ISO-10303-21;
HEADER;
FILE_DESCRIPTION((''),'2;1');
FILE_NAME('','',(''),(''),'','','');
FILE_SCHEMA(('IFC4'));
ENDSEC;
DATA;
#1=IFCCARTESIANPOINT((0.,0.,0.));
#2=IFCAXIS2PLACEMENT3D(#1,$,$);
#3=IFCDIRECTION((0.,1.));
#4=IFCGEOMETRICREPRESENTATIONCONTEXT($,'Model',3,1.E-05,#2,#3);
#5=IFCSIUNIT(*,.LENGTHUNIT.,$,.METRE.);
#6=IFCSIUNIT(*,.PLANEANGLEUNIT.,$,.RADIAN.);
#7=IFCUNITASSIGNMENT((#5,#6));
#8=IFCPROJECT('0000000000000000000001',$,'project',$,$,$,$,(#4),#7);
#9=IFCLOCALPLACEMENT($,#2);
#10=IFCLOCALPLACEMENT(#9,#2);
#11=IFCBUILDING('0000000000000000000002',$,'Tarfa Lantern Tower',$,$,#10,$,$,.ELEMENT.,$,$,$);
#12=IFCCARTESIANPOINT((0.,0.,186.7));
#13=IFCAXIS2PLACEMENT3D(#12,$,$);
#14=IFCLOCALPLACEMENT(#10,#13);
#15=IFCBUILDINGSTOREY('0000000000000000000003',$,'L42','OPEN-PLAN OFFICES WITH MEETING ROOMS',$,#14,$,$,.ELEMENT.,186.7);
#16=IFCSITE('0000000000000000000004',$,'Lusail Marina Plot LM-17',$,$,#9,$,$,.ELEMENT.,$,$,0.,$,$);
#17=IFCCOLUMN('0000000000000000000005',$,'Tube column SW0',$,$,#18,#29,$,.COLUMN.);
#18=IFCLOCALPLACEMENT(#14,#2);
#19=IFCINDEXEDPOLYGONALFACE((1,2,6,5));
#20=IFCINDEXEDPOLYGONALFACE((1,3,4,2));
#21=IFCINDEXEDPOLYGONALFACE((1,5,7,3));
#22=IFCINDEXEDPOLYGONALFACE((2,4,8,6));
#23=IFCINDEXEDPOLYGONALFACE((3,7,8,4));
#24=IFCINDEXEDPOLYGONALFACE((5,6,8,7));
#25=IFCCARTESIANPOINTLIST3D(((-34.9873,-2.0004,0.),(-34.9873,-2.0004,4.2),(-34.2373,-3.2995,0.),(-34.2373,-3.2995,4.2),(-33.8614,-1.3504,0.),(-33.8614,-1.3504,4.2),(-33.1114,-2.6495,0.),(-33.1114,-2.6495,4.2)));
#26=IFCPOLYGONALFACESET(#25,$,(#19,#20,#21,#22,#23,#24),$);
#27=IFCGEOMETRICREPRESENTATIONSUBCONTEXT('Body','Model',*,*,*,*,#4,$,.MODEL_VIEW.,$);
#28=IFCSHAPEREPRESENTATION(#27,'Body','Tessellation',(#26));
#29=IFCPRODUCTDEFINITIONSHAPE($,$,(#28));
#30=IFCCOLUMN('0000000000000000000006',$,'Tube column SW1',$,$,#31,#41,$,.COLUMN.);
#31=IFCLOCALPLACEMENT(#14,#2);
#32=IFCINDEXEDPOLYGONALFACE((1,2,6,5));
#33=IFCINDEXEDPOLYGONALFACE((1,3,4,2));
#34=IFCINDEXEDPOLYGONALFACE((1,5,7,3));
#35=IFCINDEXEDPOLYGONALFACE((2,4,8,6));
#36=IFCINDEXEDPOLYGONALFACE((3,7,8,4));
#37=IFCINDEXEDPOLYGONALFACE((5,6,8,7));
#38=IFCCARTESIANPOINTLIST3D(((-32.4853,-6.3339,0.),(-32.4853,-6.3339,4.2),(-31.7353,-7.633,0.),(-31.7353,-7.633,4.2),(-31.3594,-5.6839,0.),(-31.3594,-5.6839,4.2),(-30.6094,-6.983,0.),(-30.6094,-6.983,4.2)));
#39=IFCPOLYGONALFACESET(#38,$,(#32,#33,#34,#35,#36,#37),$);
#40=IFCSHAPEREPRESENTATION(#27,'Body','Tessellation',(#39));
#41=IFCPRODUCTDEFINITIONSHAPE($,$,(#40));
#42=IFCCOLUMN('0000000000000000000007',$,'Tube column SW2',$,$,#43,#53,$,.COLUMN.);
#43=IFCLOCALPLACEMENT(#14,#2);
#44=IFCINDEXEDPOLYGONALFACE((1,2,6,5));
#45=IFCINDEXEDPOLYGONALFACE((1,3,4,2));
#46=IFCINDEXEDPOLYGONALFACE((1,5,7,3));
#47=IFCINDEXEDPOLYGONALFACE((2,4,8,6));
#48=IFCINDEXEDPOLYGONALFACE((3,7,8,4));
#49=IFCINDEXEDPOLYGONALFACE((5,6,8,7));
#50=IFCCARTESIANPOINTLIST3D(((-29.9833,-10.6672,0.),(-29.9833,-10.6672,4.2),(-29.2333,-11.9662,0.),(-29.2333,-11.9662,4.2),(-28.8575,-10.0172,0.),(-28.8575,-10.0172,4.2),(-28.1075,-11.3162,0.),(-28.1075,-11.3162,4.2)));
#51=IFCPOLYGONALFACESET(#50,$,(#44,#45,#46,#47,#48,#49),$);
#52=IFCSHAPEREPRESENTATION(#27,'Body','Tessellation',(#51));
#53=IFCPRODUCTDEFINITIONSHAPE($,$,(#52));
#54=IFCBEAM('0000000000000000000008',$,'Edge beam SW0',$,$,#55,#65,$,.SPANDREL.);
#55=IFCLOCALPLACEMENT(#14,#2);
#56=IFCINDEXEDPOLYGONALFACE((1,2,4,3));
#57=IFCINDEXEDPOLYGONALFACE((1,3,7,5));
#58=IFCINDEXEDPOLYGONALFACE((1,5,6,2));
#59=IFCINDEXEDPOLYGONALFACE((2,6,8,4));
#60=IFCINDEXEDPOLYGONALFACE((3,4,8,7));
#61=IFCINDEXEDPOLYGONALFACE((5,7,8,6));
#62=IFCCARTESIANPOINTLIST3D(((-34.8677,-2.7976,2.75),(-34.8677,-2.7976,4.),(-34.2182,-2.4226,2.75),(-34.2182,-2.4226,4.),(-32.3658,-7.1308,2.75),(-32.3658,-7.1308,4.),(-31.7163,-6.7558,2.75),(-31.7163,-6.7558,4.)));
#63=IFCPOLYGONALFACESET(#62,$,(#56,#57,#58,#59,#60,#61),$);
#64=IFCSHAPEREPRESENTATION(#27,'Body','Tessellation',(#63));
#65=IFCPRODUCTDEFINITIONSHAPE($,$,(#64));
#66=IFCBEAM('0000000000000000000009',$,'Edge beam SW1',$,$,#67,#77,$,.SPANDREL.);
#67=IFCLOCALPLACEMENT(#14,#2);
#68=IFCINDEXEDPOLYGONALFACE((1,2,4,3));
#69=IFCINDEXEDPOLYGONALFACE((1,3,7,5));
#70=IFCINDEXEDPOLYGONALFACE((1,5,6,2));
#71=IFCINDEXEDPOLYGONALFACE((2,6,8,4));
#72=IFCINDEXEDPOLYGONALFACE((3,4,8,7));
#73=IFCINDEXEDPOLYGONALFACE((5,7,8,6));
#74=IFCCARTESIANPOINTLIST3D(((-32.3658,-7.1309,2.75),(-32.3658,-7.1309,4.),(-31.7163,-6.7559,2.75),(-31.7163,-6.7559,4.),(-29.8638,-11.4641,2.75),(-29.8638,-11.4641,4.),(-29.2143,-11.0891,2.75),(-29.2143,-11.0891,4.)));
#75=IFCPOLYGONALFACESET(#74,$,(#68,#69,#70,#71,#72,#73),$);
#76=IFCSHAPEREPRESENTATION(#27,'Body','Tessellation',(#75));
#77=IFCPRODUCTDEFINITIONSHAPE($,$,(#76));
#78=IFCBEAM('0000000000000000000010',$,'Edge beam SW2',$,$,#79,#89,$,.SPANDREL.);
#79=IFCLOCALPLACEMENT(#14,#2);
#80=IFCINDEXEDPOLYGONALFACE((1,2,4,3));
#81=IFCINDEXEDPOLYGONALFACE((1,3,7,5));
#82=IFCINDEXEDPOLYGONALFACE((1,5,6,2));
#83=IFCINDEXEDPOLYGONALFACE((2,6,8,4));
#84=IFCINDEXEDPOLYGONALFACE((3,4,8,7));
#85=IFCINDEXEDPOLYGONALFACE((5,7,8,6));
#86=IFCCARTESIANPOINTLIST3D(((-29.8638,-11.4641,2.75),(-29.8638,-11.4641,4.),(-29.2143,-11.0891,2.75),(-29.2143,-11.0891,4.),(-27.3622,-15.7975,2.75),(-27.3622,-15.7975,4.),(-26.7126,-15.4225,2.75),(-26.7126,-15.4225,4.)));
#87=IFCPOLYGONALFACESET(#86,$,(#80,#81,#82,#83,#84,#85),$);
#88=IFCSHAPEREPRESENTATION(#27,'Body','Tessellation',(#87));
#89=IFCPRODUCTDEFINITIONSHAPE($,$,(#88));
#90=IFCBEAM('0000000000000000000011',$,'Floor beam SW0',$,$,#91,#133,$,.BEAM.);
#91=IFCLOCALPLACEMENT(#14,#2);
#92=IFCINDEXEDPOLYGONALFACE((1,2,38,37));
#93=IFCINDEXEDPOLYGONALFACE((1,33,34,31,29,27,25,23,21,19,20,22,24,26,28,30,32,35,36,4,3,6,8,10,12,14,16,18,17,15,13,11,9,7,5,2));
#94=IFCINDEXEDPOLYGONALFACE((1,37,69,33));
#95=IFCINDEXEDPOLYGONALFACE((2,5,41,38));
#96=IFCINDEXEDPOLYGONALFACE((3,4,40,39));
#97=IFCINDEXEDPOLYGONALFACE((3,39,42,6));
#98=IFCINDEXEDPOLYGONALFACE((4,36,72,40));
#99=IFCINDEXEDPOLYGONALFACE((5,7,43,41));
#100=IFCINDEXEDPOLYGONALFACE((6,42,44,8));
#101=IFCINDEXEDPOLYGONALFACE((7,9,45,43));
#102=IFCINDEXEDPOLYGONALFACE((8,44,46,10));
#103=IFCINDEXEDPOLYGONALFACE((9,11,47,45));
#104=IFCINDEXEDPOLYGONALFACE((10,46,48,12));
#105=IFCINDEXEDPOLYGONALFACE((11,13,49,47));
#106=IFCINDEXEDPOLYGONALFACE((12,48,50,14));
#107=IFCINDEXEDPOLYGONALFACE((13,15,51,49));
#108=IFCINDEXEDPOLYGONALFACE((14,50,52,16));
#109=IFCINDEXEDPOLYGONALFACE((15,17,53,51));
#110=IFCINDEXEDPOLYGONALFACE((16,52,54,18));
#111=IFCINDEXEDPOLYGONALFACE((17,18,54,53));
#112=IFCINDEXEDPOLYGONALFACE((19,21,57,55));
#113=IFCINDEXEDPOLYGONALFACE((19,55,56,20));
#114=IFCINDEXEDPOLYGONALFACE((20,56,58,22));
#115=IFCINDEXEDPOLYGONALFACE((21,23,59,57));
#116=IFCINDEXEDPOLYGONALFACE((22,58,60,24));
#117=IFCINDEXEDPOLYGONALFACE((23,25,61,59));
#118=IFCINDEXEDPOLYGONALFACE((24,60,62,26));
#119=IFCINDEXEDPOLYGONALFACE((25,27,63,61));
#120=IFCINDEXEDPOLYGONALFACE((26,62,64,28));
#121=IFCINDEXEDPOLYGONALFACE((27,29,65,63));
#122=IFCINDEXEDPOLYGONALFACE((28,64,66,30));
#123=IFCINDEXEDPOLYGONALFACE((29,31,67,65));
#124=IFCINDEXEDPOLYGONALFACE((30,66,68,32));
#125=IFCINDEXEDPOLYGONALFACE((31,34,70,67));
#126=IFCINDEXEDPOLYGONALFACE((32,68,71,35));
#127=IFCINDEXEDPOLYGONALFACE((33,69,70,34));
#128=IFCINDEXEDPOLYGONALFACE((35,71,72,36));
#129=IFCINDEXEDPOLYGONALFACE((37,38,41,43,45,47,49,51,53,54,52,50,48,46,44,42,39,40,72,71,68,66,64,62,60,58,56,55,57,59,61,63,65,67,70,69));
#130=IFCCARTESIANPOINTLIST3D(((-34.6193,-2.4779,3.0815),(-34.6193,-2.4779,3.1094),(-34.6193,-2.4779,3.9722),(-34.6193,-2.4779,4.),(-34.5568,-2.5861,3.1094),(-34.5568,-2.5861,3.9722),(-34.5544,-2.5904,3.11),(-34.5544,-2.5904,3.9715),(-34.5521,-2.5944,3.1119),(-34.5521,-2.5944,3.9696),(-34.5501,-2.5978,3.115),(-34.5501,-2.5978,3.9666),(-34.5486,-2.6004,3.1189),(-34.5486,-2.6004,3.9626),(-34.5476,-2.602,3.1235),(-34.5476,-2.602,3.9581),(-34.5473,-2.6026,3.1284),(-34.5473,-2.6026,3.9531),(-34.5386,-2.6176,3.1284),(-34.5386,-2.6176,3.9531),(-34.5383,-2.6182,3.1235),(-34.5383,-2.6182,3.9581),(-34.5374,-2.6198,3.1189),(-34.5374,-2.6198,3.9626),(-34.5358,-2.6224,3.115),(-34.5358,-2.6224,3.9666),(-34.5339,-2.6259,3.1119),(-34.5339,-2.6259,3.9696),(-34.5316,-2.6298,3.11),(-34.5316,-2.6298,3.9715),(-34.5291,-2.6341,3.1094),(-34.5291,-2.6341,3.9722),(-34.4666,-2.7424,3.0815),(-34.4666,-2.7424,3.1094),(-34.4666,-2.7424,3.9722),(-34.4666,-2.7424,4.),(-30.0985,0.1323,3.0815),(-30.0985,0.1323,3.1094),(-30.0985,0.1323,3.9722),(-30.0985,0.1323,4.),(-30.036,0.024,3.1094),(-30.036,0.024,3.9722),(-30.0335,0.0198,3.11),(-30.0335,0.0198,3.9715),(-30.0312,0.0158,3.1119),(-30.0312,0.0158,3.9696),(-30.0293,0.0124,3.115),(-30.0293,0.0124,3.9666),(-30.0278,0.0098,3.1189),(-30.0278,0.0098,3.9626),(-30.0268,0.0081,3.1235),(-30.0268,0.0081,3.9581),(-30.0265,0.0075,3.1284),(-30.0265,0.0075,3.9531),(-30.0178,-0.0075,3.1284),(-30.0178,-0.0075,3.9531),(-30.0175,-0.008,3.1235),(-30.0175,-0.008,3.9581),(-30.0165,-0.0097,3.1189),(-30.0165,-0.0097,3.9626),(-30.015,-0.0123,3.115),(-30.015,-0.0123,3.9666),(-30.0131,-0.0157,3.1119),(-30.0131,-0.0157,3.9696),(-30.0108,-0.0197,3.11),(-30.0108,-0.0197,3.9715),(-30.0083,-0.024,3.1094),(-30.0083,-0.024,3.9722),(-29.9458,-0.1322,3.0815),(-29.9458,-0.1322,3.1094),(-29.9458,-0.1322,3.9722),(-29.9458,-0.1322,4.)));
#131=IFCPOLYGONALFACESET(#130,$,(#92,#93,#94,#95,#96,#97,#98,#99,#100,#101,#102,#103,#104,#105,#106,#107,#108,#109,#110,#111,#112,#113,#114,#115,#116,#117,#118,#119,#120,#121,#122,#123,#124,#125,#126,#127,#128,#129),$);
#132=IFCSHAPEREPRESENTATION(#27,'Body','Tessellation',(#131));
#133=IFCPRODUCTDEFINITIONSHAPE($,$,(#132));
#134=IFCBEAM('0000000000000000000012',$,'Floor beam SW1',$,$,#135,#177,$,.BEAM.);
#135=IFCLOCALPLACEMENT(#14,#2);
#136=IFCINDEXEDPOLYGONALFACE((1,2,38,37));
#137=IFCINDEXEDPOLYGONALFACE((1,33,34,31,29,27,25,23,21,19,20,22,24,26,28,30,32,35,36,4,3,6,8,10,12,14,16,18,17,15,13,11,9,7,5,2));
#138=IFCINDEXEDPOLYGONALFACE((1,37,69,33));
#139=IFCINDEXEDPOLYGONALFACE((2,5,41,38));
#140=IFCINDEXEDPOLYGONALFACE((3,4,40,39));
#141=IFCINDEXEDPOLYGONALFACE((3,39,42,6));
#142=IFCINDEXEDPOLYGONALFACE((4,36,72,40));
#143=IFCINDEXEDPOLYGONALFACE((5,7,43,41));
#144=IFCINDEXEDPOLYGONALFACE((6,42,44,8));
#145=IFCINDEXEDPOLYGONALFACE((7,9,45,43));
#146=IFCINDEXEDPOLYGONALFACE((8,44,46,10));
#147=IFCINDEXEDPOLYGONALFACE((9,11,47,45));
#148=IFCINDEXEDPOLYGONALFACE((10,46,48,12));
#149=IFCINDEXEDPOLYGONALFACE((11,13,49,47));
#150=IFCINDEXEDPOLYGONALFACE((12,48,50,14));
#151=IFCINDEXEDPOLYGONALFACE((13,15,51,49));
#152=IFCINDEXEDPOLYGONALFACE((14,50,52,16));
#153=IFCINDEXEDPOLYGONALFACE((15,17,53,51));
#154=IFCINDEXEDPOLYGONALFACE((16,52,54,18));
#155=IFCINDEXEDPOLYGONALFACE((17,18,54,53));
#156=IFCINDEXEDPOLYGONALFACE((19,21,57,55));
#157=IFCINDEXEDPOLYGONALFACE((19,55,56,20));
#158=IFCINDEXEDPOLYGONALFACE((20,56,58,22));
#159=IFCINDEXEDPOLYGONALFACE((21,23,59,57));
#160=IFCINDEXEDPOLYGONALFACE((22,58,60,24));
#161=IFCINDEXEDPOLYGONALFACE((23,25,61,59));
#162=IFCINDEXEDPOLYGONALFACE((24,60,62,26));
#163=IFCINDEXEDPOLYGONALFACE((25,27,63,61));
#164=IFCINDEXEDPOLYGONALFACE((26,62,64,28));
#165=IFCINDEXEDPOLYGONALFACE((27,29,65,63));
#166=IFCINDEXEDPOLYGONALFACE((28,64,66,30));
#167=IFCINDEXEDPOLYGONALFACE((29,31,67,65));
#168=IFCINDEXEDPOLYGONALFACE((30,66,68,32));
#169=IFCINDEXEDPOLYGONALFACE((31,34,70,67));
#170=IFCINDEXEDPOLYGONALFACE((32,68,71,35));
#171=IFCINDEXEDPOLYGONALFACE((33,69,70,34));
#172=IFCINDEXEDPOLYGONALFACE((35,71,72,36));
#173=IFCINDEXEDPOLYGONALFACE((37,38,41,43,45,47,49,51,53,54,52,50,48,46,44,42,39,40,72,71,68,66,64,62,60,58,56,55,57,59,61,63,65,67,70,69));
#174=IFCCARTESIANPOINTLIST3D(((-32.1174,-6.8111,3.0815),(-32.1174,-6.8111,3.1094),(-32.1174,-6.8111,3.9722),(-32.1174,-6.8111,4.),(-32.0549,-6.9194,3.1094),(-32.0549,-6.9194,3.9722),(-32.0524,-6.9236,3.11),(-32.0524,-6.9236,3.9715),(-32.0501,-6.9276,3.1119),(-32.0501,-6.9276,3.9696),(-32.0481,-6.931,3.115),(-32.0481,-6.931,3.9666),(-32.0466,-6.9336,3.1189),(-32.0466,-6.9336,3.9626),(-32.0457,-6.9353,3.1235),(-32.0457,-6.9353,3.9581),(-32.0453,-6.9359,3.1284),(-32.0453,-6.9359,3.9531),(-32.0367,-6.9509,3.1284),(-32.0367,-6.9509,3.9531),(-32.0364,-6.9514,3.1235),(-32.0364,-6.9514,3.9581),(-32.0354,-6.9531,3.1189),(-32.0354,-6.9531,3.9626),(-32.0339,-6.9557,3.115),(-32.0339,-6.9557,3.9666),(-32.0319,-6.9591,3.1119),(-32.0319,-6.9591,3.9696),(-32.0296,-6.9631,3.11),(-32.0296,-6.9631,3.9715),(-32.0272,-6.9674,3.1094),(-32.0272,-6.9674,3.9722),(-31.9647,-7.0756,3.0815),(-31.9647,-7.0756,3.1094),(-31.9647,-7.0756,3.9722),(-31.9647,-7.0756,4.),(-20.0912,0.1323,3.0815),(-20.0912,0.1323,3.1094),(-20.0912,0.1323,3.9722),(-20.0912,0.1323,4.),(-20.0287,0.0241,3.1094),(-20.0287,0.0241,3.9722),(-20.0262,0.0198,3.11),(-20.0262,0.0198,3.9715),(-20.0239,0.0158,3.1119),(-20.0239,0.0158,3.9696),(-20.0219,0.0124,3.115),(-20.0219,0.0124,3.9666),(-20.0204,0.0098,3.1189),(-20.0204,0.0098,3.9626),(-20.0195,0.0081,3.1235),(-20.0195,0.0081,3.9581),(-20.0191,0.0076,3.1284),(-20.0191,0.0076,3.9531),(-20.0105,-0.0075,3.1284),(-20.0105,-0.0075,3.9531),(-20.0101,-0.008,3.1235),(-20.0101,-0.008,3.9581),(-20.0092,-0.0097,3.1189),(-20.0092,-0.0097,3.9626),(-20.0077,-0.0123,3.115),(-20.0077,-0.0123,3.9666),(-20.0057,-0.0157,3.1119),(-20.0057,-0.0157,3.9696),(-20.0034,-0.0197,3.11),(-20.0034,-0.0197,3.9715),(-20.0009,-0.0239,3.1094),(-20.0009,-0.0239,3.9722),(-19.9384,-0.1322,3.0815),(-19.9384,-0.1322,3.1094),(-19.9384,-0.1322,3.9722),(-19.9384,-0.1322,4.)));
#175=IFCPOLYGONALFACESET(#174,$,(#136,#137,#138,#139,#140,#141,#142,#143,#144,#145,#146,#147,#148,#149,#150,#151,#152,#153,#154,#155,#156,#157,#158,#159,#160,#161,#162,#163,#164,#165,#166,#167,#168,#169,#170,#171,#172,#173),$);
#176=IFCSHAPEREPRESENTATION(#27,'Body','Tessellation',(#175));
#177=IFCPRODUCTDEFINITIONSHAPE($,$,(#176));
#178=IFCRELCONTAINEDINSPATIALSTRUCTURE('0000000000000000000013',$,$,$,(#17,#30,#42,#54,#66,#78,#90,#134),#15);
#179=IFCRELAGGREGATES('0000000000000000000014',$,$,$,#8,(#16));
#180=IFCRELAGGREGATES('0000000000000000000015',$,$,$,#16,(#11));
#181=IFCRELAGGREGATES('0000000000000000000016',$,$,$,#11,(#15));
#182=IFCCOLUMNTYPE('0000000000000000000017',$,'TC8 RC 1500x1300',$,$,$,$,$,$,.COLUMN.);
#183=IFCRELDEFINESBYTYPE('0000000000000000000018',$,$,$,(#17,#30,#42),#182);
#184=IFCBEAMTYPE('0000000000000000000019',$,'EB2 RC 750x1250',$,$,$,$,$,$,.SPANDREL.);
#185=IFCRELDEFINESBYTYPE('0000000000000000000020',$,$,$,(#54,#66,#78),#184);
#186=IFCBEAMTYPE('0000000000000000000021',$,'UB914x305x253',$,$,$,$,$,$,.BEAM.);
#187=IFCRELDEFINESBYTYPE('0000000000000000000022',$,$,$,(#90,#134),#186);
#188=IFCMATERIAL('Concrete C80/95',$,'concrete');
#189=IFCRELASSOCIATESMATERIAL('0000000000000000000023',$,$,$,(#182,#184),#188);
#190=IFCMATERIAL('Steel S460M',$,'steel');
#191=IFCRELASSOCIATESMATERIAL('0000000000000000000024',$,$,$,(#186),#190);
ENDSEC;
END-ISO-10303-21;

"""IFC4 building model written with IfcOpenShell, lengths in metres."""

from ifc_helpers import new_model, si_unit, direction, frame, origin, origin_2d, place, context, subcontext, project, spatial, rectangle, i_section, extrude, material, material_profile, profile_set, type_object, element, save


model = new_model("IFC4")

# Units and contexts
model_context = context("Model", 3, precision=1e-05, world=origin(), true_north=direction((0.0, 1.0)))
body_context = subcontext(model_context, "Body", "Model", "MODEL_VIEW")
ifc_project = project(units=[si_unit("LENGTHUNIT", "METRE"), si_unit("PLANEANGLEUNIT", "RADIAN")], contexts=[model_context])

# Site, building, storey
site_placement = place(None, origin())
site = spatial("IfcSite", under=ifc_project, at=site_placement, Name="Lusail Marina Plot LM-17", CompositionType="ELEMENT", RefElevation=0.0)
building_placement = place(site_placement, origin())
building = spatial("IfcBuilding", under=site, at=building_placement, Name="Tarfa Lantern Tower", CompositionType="ELEMENT")
storey_placement = place(building_placement, frame((0.0, 0.0, 186.7)))
storey = spatial("IfcBuildingStorey", under=building, at=storey_placement, Name="L42", Description="OPEN-PLAN OFFICES WITH MEETING ROOMS", CompositionType="ELEMENT", Elevation=186.7)

# Columns
ifc_material_1 = material(Name="Concrete C80/95", Category="concrete")
ifc_material_profile_1 = material_profile(ifc_material_1, rectangle(XDim=1.5, YDim=1.3, at=origin_2d()), Name="RC 1500x1300")
ifc_profile_set_1 = profile_set([ifc_material_profile_1], Name="Concrete C80/95")
column_type = type_object("IfcColumnType", Name="TC8 RC 1500x1300", PredefinedType="COLUMN", material=ifc_profile_set_1)
for number, where, z_axis, x_axis, name in (
    (1, (-34.0493, -2.325, 0.0), (0.0, 0.0, 1.0), (0.5, -0.866025, 0.0), "Tube column SW0"),
    (2, (-31.5474, -6.6584, 0.0), (0.0, 0.0, 1.0), (0.5, -0.866025, 0.0), "Tube column SW1"),
    (3, (-29.0454, -10.9917, 0.0), (0.0, 0.0, 1.0), (0.5, -0.866025, 0.0), "Tube column SW2"),
):
    element("IfcColumn", number, at=place(storey_placement, frame(where, z_axis=z_axis, x_axis=x_axis)), inside=storey, type_object=column_type, Name=name, PredefinedType="COLUMN", context=body_context, shape_type="SweptSolid", body=[
        extrude(rectangle(XDim=1.5, YDim=1.3, at=origin_2d()), origin(), (0.0, 0.0, 1.0), 4.2),
    ])

# Beams
ifc_material_profile_2 = material_profile(ifc_material_1, rectangle(XDim=0.75, YDim=1.25, at=origin_2d()), Name="RC 750x1250")
ifc_profile_set_2 = profile_set([ifc_material_profile_2], Name="Concrete C80/95")
beam_type_1 = type_object("IfcBeamType", Name="EB2 RC 750x1250", PredefinedType="SPANDREL", material=ifc_profile_set_2)
for number, where, z_axis, x_axis, name in (
    (4, (-34.543, -2.6101, 3.375), (0.500022, -0.866013, 0.0), (0.866013, 0.500022, 0.0), "Edge beam SW0"),
    (5, (-32.041, -6.9434, 3.375), (0.500022, -0.866013, 0.0), (0.866013, 0.500022, 0.0), "Edge beam SW1"),
    (6, (-29.5391, -11.2766, 3.375), (0.499965, -0.866046, 0.0), (0.866046, 0.499965, 0.0), "Edge beam SW2"),
):
    element("IfcBeam", number, at=place(storey_placement, frame(where, z_axis=z_axis, x_axis=x_axis)), inside=storey, type_object=beam_type_1, Name=name, PredefinedType="SPANDREL", context=body_context, shape_type="SweptSolid", body=[
        extrude(rectangle(XDim=0.75, YDim=1.25, at=origin_2d()), origin(), (0.0, 0.0, 1.0), 5.0037),
    ])
ifc_material_2 = material(Name="Steel S460M", Category="steel")
ifc_material_profile_3 = material_profile(ifc_material_2, i_section(OverallWidth=0.3054, OverallDepth=0.9185, WebThickness=0.0173, FlangeThickness=0.0278, FilletRadius=0.019, at=origin_2d()), Name="UB914x305x253")
ifc_profile_set_3 = profile_set([ifc_material_profile_3], Name="Steel S460M")
beam_type_2 = type_object("IfcBeamType", Name="UB914x305x253", PredefinedType="BEAM", material=ifc_profile_set_3)
beam_1_placement = place(storey_placement, frame((-34.543, -2.6101, 3.5408), z_axis=(0.866021, 0.500007, 0.0), x_axis=(-0.500007, 0.866021, 0.0)))
element("IfcBeam", 7, at=beam_1_placement, inside=storey, type_object=beam_type_2, Name="Floor beam SW0", PredefinedType="BEAM", context=body_context, shape_type="SweptSolid", body=[
    extrude(i_section(OverallWidth=0.3054, OverallDepth=0.9185, WebThickness=0.0173, FlangeThickness=0.0278, FilletRadius=0.019, at=origin_2d()), origin(), (0.0, 0.0, 1.0), 5.2202),
])
beam_2_placement = place(storey_placement, frame((-32.041, -6.9434, 3.5408), z_axis=(0.866023, 0.500004, 0.0), x_axis=(-0.500004, 0.866023, 0.0)))
element("IfcBeam", 8, at=beam_2_placement, inside=storey, type_object=beam_type_2, Name="Floor beam SW1", PredefinedType="BEAM", context=body_context, shape_type="SweptSolid", body=[
    extrude(i_section(OverallWidth=0.3054, OverallDepth=0.9185, WebThickness=0.0173, FlangeThickness=0.0278, FilletRadius=0.019, at=origin_2d()), origin(), (0.0, 0.0, 1.0), 13.8867),
])

save(model, "model.ifc")
